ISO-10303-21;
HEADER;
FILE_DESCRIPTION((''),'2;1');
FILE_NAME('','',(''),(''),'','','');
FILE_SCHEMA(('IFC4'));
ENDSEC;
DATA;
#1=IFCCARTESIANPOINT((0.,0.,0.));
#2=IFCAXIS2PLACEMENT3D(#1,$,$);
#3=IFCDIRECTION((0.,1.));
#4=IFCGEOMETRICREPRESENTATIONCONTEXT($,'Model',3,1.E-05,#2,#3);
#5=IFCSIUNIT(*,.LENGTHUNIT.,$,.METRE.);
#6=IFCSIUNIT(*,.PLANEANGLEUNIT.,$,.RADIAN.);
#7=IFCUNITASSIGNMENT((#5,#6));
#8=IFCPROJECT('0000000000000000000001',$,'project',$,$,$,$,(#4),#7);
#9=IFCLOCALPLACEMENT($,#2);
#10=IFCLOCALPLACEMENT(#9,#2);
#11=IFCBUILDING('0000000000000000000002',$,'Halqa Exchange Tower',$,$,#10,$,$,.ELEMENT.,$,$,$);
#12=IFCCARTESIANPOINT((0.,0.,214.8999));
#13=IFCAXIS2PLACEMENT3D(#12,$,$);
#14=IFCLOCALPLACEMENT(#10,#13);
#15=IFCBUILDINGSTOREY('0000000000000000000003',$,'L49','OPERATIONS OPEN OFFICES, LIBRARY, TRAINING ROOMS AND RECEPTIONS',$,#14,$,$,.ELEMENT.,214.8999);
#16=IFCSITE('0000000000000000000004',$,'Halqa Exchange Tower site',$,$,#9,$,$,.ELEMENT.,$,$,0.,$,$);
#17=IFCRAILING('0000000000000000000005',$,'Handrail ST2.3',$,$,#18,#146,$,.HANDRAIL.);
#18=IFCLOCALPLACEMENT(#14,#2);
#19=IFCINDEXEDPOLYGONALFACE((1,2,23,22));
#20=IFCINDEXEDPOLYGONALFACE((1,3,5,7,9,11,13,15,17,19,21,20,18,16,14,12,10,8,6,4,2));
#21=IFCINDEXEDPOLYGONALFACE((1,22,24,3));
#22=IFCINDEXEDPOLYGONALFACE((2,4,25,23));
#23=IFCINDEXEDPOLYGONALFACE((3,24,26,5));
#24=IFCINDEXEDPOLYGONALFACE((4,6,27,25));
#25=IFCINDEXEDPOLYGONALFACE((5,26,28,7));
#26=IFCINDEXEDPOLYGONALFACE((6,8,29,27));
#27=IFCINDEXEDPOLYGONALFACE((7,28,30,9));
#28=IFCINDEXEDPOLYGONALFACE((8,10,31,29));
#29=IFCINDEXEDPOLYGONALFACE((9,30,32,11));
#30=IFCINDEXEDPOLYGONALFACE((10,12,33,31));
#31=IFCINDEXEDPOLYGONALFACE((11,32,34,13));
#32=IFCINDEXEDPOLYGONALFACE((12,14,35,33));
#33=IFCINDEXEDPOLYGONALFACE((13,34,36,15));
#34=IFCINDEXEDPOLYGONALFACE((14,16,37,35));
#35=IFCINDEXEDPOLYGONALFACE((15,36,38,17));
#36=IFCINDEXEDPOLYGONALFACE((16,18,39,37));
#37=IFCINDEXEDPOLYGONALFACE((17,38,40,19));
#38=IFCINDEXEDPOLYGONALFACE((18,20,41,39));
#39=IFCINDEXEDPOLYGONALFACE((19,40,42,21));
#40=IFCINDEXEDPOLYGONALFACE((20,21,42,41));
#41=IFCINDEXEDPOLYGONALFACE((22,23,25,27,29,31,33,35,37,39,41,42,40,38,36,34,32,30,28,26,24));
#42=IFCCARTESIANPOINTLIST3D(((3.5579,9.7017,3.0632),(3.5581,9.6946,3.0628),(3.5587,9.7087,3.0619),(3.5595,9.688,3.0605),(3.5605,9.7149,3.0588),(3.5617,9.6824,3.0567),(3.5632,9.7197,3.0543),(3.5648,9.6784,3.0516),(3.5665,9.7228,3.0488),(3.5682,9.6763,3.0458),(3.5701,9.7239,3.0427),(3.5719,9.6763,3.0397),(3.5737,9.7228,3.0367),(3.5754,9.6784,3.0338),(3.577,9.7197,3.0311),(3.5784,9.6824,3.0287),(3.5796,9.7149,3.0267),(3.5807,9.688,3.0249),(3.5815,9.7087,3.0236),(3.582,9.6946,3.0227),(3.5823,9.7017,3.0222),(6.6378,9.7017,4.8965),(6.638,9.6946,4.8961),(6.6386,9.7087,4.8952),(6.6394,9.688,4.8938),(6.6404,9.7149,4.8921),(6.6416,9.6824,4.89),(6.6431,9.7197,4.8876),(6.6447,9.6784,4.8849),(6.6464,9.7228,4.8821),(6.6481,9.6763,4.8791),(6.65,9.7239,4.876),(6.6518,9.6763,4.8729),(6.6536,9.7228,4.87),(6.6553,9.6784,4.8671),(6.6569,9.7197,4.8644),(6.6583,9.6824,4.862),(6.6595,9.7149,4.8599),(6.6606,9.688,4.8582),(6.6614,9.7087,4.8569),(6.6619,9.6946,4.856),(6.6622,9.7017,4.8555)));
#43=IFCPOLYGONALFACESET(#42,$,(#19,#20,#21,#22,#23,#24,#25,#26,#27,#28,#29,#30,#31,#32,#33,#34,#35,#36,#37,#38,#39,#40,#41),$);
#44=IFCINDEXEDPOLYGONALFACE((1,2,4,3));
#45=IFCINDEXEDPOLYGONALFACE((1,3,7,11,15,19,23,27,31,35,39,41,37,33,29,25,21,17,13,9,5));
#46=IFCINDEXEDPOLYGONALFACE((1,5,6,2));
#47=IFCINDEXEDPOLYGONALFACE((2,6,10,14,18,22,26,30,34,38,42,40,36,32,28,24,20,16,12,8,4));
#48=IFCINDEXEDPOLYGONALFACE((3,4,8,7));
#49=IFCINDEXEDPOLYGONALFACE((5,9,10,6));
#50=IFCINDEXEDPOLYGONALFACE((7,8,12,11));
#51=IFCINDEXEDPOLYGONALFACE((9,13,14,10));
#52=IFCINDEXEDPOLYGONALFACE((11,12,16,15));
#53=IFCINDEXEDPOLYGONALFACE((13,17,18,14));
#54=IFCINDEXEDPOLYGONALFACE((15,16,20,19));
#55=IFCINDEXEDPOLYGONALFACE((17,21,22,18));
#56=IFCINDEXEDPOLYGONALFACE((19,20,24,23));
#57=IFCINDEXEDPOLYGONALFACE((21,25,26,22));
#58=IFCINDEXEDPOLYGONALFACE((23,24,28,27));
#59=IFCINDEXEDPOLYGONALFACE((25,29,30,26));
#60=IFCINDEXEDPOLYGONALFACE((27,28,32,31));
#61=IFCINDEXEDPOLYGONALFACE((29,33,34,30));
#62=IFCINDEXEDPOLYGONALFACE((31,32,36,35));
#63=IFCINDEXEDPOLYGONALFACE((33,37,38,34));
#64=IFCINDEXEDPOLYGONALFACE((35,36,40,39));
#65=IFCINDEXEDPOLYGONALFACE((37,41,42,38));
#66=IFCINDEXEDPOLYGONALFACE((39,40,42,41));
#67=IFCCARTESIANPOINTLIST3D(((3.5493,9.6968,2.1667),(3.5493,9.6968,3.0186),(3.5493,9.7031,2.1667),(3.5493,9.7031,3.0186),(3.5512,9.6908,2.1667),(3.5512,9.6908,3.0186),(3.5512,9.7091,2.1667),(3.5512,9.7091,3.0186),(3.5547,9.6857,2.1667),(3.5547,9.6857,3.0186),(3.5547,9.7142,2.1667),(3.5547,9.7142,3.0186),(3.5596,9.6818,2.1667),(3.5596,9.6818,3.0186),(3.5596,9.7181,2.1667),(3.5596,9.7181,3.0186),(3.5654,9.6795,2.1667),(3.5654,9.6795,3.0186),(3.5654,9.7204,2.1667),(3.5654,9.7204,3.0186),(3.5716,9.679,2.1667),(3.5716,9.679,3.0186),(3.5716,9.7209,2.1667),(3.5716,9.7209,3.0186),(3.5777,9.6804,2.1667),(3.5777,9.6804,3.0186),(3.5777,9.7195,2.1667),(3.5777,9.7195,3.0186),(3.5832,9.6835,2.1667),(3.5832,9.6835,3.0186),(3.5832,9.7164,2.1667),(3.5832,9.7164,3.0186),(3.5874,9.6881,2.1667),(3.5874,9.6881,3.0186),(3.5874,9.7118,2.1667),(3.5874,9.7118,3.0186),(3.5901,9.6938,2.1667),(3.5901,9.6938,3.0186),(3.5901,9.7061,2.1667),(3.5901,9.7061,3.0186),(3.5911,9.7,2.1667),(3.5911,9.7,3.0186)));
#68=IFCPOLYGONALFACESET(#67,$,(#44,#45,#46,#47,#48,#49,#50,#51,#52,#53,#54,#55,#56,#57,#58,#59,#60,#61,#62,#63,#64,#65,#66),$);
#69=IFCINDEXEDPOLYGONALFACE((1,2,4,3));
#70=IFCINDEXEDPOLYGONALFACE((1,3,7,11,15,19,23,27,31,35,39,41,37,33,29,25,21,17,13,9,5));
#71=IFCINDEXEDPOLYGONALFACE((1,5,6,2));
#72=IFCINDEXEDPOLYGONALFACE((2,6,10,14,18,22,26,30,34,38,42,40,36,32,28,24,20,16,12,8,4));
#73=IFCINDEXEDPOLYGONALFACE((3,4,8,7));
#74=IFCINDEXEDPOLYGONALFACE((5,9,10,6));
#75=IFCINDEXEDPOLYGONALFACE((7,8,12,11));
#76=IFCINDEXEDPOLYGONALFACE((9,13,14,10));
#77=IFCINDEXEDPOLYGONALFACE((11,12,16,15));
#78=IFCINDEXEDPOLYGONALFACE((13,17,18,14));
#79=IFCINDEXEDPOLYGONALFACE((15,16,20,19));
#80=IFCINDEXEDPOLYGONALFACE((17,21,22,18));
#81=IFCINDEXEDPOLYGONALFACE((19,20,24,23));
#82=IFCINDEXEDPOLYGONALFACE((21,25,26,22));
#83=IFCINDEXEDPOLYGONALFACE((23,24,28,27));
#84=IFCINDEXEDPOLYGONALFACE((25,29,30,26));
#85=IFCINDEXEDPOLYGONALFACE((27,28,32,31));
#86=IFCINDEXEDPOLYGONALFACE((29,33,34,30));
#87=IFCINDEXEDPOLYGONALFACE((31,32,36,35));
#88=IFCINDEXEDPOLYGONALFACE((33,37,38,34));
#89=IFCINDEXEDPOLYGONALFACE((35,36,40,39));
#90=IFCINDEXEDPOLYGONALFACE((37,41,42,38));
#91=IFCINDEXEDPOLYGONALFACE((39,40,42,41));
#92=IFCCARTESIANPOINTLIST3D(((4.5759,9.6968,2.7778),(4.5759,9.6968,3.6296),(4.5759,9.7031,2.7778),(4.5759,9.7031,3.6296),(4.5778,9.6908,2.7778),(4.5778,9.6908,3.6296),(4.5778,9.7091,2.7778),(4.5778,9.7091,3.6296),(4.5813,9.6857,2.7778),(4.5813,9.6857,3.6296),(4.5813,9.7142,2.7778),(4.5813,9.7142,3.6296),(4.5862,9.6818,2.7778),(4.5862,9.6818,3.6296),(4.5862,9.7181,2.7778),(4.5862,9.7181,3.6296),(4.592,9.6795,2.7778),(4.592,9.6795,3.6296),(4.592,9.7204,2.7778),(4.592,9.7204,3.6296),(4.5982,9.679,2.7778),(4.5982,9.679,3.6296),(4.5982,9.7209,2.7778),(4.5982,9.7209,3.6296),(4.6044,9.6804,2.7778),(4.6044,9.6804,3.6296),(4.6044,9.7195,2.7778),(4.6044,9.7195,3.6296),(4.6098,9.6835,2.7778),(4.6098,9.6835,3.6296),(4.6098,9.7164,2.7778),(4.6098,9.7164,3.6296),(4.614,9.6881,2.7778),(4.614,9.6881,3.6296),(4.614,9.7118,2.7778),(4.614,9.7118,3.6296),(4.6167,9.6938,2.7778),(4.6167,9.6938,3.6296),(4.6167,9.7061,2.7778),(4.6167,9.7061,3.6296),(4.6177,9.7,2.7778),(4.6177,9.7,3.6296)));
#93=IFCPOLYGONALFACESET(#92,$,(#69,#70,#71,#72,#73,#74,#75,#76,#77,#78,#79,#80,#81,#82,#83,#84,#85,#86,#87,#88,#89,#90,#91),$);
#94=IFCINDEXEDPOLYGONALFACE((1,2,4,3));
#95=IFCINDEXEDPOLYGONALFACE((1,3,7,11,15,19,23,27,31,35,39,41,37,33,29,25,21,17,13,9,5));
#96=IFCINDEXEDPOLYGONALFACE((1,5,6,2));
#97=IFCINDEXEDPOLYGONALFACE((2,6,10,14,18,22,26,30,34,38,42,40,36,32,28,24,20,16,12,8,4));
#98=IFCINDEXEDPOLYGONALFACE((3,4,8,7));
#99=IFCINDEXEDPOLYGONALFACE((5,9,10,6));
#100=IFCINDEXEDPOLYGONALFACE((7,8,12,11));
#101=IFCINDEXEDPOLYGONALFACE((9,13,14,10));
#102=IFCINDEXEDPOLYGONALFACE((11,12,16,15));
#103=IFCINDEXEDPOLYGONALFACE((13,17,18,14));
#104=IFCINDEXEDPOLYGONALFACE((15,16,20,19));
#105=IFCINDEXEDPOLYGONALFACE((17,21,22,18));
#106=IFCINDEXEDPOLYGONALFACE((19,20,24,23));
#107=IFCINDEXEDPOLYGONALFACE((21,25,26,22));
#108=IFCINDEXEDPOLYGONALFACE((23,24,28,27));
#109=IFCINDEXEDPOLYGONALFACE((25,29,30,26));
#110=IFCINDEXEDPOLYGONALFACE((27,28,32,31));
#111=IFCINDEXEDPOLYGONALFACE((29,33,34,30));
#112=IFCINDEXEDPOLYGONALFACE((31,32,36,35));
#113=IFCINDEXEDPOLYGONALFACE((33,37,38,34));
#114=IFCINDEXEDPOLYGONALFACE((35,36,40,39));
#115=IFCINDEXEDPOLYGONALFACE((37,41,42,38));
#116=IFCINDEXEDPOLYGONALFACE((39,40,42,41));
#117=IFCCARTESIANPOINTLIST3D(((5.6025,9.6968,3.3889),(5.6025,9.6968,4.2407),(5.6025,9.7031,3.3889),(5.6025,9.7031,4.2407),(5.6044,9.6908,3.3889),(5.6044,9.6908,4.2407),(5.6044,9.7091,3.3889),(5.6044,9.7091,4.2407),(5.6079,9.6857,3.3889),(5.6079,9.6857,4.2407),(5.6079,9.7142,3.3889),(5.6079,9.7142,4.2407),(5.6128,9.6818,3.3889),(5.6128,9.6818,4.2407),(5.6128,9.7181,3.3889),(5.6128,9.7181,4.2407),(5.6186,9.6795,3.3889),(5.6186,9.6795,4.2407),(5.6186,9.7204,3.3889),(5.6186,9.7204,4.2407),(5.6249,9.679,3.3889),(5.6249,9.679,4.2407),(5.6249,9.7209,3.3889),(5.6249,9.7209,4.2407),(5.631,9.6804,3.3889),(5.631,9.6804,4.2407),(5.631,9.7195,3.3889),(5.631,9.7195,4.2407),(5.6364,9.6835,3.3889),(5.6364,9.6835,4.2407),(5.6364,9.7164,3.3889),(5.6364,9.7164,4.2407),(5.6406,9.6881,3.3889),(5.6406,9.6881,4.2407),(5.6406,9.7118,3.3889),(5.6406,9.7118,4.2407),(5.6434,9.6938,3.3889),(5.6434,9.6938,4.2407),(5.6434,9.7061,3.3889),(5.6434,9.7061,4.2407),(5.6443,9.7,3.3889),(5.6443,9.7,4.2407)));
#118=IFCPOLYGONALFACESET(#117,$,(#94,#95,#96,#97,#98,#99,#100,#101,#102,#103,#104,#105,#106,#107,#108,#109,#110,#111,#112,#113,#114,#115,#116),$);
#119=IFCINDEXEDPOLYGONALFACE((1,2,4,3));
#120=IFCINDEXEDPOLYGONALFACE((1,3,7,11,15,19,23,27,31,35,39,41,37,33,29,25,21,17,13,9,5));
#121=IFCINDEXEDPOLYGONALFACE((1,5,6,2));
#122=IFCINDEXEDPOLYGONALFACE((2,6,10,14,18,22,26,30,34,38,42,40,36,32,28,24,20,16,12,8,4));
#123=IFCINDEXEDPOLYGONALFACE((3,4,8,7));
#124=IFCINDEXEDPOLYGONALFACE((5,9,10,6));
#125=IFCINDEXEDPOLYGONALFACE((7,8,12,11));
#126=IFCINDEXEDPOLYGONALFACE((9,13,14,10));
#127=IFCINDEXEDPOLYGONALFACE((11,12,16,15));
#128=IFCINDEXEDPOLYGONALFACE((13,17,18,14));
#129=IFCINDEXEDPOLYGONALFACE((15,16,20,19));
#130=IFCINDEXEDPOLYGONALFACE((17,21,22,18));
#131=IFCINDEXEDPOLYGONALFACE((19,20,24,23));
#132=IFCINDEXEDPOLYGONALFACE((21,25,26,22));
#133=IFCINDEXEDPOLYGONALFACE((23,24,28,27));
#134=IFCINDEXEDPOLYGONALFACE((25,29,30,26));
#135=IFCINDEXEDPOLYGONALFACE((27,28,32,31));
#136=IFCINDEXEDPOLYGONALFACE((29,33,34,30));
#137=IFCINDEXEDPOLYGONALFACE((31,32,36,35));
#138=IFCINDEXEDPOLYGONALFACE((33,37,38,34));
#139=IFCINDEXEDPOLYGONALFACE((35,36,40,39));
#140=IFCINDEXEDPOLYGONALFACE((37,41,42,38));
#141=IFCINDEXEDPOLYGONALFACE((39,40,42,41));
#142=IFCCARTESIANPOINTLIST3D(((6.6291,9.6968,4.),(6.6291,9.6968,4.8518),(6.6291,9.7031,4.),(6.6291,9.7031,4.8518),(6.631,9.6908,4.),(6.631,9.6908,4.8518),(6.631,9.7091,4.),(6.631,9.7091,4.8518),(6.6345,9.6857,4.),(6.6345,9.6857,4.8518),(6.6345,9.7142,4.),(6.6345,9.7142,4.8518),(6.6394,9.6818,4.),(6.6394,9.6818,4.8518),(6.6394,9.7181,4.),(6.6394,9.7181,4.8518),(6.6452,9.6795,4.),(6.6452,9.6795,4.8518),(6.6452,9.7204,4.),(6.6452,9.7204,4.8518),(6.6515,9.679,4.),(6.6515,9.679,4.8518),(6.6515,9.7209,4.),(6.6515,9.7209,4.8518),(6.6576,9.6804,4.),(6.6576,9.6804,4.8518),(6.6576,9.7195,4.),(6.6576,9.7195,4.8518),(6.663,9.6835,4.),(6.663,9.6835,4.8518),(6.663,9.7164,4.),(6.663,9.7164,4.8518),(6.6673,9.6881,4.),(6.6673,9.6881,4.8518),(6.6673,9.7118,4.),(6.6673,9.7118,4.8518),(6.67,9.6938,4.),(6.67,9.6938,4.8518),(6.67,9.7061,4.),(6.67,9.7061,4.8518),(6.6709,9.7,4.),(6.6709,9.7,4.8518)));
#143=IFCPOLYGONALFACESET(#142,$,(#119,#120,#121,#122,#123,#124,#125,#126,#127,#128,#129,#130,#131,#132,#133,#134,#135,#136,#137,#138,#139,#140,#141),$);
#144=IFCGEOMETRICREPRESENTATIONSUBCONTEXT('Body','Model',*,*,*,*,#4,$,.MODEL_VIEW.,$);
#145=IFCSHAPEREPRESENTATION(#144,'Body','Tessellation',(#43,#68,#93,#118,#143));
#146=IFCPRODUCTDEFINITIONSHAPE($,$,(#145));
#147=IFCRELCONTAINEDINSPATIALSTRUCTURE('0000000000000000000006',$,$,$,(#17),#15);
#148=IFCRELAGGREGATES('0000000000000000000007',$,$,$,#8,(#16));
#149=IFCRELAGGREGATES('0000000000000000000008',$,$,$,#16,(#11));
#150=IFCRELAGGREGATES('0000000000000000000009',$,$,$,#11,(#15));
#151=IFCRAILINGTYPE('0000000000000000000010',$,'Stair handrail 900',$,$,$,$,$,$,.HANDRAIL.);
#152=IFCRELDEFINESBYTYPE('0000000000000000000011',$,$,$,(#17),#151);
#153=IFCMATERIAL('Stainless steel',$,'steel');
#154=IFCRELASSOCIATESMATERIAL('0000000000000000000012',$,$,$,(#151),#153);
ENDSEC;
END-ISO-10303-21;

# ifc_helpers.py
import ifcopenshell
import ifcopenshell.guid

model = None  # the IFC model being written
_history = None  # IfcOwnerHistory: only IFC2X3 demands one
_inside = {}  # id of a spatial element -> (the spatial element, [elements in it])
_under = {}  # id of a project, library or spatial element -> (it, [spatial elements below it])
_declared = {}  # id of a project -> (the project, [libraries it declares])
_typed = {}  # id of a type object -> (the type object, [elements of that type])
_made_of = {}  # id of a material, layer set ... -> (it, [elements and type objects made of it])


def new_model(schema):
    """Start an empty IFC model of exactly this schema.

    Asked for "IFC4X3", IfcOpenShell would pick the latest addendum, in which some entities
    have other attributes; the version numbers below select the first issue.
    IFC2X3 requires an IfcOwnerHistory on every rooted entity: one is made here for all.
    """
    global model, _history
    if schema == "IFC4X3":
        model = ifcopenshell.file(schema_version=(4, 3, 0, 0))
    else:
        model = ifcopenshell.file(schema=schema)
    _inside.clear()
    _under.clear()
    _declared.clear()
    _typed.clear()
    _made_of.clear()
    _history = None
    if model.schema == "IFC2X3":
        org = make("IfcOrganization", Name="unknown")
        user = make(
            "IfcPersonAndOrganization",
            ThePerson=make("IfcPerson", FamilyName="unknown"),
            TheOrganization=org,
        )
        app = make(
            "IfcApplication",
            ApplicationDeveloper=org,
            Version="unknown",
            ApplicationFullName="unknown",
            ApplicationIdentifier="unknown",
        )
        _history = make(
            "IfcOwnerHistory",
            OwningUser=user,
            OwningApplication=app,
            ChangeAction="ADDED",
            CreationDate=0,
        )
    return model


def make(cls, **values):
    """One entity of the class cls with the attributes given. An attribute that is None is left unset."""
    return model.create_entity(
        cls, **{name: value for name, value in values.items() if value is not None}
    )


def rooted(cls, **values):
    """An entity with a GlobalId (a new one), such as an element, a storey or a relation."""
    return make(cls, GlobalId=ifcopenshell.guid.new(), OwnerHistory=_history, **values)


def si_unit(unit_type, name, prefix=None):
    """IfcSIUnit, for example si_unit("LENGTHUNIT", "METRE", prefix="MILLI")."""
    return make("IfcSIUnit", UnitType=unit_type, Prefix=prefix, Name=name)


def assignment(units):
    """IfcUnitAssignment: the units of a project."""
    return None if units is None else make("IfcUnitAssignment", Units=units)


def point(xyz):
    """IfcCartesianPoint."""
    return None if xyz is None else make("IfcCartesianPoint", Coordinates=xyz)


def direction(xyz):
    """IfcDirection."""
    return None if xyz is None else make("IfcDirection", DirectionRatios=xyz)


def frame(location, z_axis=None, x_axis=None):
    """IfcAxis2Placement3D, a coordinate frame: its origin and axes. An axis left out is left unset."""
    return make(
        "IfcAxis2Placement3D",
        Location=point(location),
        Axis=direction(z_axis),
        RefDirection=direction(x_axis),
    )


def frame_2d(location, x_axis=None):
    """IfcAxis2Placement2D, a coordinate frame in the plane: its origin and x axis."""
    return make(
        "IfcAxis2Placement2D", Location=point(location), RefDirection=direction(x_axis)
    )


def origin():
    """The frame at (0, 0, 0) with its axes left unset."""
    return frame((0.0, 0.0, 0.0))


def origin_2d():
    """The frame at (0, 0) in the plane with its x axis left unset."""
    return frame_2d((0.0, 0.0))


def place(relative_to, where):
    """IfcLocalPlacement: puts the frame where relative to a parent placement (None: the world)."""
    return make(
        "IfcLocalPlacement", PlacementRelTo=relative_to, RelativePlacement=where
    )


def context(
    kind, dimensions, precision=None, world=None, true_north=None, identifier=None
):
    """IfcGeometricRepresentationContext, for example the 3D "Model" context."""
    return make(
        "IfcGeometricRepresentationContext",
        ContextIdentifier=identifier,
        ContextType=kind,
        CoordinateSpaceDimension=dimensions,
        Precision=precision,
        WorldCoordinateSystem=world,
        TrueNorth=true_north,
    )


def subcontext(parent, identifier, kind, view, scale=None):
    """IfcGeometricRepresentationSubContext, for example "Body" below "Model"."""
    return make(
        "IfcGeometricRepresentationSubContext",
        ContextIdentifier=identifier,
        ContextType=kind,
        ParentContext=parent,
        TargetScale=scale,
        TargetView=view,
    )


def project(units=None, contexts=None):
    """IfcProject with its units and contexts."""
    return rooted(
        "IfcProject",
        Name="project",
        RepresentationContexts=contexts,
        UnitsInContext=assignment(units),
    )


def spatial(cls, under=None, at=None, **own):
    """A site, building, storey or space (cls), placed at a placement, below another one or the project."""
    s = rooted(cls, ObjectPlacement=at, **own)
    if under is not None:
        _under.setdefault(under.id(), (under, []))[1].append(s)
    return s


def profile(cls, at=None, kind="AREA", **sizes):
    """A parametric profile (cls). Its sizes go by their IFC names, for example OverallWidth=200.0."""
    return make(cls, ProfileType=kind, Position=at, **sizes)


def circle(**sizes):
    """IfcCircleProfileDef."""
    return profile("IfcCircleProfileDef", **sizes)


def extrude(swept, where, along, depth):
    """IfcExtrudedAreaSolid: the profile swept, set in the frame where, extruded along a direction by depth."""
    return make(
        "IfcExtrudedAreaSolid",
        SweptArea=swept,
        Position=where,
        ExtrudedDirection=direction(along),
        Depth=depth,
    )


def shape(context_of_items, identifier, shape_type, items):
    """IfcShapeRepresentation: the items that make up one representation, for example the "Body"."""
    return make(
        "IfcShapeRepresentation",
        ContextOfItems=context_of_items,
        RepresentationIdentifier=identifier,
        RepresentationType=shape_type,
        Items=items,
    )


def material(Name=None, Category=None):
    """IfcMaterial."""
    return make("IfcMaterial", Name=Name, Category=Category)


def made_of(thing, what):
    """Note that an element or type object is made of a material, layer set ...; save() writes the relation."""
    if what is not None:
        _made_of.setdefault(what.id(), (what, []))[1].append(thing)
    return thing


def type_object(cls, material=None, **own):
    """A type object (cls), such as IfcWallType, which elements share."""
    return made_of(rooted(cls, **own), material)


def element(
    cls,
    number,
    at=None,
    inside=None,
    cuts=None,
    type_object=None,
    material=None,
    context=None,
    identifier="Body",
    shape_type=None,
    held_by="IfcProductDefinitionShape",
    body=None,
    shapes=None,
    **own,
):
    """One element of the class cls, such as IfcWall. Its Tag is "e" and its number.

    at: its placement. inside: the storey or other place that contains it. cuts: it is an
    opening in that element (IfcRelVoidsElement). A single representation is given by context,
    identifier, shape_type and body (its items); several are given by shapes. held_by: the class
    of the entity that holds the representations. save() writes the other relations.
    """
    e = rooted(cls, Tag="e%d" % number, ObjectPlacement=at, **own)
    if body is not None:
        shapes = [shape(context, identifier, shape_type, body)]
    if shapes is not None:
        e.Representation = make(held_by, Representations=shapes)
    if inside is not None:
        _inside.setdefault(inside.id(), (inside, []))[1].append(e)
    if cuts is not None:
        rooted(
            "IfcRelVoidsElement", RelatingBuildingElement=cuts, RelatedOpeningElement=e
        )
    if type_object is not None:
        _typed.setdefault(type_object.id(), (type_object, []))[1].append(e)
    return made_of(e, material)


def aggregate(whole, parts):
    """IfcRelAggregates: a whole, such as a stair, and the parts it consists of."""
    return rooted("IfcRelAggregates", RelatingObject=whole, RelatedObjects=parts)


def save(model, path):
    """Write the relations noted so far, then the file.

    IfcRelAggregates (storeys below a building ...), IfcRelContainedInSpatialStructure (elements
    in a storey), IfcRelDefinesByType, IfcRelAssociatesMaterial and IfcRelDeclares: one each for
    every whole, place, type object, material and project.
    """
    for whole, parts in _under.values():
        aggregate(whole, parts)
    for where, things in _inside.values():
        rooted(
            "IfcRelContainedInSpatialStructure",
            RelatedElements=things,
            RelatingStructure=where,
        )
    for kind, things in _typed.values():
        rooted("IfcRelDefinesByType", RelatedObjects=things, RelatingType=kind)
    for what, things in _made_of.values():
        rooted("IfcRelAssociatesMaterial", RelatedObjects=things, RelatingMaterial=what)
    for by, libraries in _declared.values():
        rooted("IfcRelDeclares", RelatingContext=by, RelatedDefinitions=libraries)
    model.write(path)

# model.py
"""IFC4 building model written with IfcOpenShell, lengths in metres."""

from ifc_helpers import new_model, si_unit, direction, frame, origin, origin_2d, place, context, subcontext, project, spatial, circle, extrude, material, type_object, element, save


model = new_model("IFC4")

# Units and contexts
model_context = context("Model", 3, precision=1e-05, world=origin(), true_north=direction((0.0, 1.0)))
body_context = subcontext(model_context, "Body", "Model", "MODEL_VIEW")
ifc_project = project(units=[si_unit("LENGTHUNIT", "METRE"), si_unit("PLANEANGLEUNIT", "RADIAN")], contexts=[model_context])

# Site, building, storey
site_placement = place(None, origin())
site = spatial("IfcSite", under=ifc_project, at=site_placement, Name="Halqa Exchange Tower site", CompositionType="ELEMENT", RefElevation=0.0)
building_placement = place(site_placement, origin())
building = spatial("IfcBuilding", under=site, at=building_placement, Name="Halqa Exchange Tower", CompositionType="ELEMENT")
storey_placement = place(building_placement, frame((0.0, 0.0, 214.8999)))
storey = spatial("IfcBuildingStorey", under=building, at=storey_placement, Name="L49", Description="OPERATIONS OPEN OFFICES, LIBRARY, TRAINING ROOMS AND RECEPTIONS", CompositionType="ELEMENT", Elevation=214.8999)

# Railing
ifc_material_1 = material(Name="Stainless steel", Category="steel")
railing_type_1 = type_object("IfcRailingType", Name="Stair handrail 900", PredefinedType="HANDRAIL", material=ifc_material_1)
railing_1_placement = place(storey_placement, frame((3.5701, 9.7, 2.1667)))
element("IfcRailing", 1, at=railing_1_placement, inside=storey, type_object=railing_type_1, Name="Handrail ST2.3", PredefinedType="HANDRAIL", context=body_context, shape_type="SweptSolid", body=[
    extrude(circle(Radius=0.0239, at=origin_2d()), frame((0.0, 0.0, 0.876), z_axis=(0.859291, 0.0, 0.511487), x_axis=(0.0, 1.0, 0.0)), (0.0, 0.0, 1.0), 3.5842),
    extrude(circle(Radius=0.021, at=origin_2d()), origin(), (0.0, 0.0, 1.0), 0.8518),
    extrude(circle(Radius=0.021, at=origin_2d()), frame((1.0266, 0.0, 0.6111)), (0.0, 0.0, 1.0), 0.8518),
    extrude(circle(Radius=0.021, at=origin_2d()), frame((2.0532, 0.0, 1.2222)), (0.0, 0.0, 1.0), 0.8518),
    extrude(circle(Radius=0.021, at=origin_2d()), frame((3.0798, 0.0, 1.8333)), (0.0, 0.0, 1.0), 0.8518),
])

save(model, "model.ifc")
